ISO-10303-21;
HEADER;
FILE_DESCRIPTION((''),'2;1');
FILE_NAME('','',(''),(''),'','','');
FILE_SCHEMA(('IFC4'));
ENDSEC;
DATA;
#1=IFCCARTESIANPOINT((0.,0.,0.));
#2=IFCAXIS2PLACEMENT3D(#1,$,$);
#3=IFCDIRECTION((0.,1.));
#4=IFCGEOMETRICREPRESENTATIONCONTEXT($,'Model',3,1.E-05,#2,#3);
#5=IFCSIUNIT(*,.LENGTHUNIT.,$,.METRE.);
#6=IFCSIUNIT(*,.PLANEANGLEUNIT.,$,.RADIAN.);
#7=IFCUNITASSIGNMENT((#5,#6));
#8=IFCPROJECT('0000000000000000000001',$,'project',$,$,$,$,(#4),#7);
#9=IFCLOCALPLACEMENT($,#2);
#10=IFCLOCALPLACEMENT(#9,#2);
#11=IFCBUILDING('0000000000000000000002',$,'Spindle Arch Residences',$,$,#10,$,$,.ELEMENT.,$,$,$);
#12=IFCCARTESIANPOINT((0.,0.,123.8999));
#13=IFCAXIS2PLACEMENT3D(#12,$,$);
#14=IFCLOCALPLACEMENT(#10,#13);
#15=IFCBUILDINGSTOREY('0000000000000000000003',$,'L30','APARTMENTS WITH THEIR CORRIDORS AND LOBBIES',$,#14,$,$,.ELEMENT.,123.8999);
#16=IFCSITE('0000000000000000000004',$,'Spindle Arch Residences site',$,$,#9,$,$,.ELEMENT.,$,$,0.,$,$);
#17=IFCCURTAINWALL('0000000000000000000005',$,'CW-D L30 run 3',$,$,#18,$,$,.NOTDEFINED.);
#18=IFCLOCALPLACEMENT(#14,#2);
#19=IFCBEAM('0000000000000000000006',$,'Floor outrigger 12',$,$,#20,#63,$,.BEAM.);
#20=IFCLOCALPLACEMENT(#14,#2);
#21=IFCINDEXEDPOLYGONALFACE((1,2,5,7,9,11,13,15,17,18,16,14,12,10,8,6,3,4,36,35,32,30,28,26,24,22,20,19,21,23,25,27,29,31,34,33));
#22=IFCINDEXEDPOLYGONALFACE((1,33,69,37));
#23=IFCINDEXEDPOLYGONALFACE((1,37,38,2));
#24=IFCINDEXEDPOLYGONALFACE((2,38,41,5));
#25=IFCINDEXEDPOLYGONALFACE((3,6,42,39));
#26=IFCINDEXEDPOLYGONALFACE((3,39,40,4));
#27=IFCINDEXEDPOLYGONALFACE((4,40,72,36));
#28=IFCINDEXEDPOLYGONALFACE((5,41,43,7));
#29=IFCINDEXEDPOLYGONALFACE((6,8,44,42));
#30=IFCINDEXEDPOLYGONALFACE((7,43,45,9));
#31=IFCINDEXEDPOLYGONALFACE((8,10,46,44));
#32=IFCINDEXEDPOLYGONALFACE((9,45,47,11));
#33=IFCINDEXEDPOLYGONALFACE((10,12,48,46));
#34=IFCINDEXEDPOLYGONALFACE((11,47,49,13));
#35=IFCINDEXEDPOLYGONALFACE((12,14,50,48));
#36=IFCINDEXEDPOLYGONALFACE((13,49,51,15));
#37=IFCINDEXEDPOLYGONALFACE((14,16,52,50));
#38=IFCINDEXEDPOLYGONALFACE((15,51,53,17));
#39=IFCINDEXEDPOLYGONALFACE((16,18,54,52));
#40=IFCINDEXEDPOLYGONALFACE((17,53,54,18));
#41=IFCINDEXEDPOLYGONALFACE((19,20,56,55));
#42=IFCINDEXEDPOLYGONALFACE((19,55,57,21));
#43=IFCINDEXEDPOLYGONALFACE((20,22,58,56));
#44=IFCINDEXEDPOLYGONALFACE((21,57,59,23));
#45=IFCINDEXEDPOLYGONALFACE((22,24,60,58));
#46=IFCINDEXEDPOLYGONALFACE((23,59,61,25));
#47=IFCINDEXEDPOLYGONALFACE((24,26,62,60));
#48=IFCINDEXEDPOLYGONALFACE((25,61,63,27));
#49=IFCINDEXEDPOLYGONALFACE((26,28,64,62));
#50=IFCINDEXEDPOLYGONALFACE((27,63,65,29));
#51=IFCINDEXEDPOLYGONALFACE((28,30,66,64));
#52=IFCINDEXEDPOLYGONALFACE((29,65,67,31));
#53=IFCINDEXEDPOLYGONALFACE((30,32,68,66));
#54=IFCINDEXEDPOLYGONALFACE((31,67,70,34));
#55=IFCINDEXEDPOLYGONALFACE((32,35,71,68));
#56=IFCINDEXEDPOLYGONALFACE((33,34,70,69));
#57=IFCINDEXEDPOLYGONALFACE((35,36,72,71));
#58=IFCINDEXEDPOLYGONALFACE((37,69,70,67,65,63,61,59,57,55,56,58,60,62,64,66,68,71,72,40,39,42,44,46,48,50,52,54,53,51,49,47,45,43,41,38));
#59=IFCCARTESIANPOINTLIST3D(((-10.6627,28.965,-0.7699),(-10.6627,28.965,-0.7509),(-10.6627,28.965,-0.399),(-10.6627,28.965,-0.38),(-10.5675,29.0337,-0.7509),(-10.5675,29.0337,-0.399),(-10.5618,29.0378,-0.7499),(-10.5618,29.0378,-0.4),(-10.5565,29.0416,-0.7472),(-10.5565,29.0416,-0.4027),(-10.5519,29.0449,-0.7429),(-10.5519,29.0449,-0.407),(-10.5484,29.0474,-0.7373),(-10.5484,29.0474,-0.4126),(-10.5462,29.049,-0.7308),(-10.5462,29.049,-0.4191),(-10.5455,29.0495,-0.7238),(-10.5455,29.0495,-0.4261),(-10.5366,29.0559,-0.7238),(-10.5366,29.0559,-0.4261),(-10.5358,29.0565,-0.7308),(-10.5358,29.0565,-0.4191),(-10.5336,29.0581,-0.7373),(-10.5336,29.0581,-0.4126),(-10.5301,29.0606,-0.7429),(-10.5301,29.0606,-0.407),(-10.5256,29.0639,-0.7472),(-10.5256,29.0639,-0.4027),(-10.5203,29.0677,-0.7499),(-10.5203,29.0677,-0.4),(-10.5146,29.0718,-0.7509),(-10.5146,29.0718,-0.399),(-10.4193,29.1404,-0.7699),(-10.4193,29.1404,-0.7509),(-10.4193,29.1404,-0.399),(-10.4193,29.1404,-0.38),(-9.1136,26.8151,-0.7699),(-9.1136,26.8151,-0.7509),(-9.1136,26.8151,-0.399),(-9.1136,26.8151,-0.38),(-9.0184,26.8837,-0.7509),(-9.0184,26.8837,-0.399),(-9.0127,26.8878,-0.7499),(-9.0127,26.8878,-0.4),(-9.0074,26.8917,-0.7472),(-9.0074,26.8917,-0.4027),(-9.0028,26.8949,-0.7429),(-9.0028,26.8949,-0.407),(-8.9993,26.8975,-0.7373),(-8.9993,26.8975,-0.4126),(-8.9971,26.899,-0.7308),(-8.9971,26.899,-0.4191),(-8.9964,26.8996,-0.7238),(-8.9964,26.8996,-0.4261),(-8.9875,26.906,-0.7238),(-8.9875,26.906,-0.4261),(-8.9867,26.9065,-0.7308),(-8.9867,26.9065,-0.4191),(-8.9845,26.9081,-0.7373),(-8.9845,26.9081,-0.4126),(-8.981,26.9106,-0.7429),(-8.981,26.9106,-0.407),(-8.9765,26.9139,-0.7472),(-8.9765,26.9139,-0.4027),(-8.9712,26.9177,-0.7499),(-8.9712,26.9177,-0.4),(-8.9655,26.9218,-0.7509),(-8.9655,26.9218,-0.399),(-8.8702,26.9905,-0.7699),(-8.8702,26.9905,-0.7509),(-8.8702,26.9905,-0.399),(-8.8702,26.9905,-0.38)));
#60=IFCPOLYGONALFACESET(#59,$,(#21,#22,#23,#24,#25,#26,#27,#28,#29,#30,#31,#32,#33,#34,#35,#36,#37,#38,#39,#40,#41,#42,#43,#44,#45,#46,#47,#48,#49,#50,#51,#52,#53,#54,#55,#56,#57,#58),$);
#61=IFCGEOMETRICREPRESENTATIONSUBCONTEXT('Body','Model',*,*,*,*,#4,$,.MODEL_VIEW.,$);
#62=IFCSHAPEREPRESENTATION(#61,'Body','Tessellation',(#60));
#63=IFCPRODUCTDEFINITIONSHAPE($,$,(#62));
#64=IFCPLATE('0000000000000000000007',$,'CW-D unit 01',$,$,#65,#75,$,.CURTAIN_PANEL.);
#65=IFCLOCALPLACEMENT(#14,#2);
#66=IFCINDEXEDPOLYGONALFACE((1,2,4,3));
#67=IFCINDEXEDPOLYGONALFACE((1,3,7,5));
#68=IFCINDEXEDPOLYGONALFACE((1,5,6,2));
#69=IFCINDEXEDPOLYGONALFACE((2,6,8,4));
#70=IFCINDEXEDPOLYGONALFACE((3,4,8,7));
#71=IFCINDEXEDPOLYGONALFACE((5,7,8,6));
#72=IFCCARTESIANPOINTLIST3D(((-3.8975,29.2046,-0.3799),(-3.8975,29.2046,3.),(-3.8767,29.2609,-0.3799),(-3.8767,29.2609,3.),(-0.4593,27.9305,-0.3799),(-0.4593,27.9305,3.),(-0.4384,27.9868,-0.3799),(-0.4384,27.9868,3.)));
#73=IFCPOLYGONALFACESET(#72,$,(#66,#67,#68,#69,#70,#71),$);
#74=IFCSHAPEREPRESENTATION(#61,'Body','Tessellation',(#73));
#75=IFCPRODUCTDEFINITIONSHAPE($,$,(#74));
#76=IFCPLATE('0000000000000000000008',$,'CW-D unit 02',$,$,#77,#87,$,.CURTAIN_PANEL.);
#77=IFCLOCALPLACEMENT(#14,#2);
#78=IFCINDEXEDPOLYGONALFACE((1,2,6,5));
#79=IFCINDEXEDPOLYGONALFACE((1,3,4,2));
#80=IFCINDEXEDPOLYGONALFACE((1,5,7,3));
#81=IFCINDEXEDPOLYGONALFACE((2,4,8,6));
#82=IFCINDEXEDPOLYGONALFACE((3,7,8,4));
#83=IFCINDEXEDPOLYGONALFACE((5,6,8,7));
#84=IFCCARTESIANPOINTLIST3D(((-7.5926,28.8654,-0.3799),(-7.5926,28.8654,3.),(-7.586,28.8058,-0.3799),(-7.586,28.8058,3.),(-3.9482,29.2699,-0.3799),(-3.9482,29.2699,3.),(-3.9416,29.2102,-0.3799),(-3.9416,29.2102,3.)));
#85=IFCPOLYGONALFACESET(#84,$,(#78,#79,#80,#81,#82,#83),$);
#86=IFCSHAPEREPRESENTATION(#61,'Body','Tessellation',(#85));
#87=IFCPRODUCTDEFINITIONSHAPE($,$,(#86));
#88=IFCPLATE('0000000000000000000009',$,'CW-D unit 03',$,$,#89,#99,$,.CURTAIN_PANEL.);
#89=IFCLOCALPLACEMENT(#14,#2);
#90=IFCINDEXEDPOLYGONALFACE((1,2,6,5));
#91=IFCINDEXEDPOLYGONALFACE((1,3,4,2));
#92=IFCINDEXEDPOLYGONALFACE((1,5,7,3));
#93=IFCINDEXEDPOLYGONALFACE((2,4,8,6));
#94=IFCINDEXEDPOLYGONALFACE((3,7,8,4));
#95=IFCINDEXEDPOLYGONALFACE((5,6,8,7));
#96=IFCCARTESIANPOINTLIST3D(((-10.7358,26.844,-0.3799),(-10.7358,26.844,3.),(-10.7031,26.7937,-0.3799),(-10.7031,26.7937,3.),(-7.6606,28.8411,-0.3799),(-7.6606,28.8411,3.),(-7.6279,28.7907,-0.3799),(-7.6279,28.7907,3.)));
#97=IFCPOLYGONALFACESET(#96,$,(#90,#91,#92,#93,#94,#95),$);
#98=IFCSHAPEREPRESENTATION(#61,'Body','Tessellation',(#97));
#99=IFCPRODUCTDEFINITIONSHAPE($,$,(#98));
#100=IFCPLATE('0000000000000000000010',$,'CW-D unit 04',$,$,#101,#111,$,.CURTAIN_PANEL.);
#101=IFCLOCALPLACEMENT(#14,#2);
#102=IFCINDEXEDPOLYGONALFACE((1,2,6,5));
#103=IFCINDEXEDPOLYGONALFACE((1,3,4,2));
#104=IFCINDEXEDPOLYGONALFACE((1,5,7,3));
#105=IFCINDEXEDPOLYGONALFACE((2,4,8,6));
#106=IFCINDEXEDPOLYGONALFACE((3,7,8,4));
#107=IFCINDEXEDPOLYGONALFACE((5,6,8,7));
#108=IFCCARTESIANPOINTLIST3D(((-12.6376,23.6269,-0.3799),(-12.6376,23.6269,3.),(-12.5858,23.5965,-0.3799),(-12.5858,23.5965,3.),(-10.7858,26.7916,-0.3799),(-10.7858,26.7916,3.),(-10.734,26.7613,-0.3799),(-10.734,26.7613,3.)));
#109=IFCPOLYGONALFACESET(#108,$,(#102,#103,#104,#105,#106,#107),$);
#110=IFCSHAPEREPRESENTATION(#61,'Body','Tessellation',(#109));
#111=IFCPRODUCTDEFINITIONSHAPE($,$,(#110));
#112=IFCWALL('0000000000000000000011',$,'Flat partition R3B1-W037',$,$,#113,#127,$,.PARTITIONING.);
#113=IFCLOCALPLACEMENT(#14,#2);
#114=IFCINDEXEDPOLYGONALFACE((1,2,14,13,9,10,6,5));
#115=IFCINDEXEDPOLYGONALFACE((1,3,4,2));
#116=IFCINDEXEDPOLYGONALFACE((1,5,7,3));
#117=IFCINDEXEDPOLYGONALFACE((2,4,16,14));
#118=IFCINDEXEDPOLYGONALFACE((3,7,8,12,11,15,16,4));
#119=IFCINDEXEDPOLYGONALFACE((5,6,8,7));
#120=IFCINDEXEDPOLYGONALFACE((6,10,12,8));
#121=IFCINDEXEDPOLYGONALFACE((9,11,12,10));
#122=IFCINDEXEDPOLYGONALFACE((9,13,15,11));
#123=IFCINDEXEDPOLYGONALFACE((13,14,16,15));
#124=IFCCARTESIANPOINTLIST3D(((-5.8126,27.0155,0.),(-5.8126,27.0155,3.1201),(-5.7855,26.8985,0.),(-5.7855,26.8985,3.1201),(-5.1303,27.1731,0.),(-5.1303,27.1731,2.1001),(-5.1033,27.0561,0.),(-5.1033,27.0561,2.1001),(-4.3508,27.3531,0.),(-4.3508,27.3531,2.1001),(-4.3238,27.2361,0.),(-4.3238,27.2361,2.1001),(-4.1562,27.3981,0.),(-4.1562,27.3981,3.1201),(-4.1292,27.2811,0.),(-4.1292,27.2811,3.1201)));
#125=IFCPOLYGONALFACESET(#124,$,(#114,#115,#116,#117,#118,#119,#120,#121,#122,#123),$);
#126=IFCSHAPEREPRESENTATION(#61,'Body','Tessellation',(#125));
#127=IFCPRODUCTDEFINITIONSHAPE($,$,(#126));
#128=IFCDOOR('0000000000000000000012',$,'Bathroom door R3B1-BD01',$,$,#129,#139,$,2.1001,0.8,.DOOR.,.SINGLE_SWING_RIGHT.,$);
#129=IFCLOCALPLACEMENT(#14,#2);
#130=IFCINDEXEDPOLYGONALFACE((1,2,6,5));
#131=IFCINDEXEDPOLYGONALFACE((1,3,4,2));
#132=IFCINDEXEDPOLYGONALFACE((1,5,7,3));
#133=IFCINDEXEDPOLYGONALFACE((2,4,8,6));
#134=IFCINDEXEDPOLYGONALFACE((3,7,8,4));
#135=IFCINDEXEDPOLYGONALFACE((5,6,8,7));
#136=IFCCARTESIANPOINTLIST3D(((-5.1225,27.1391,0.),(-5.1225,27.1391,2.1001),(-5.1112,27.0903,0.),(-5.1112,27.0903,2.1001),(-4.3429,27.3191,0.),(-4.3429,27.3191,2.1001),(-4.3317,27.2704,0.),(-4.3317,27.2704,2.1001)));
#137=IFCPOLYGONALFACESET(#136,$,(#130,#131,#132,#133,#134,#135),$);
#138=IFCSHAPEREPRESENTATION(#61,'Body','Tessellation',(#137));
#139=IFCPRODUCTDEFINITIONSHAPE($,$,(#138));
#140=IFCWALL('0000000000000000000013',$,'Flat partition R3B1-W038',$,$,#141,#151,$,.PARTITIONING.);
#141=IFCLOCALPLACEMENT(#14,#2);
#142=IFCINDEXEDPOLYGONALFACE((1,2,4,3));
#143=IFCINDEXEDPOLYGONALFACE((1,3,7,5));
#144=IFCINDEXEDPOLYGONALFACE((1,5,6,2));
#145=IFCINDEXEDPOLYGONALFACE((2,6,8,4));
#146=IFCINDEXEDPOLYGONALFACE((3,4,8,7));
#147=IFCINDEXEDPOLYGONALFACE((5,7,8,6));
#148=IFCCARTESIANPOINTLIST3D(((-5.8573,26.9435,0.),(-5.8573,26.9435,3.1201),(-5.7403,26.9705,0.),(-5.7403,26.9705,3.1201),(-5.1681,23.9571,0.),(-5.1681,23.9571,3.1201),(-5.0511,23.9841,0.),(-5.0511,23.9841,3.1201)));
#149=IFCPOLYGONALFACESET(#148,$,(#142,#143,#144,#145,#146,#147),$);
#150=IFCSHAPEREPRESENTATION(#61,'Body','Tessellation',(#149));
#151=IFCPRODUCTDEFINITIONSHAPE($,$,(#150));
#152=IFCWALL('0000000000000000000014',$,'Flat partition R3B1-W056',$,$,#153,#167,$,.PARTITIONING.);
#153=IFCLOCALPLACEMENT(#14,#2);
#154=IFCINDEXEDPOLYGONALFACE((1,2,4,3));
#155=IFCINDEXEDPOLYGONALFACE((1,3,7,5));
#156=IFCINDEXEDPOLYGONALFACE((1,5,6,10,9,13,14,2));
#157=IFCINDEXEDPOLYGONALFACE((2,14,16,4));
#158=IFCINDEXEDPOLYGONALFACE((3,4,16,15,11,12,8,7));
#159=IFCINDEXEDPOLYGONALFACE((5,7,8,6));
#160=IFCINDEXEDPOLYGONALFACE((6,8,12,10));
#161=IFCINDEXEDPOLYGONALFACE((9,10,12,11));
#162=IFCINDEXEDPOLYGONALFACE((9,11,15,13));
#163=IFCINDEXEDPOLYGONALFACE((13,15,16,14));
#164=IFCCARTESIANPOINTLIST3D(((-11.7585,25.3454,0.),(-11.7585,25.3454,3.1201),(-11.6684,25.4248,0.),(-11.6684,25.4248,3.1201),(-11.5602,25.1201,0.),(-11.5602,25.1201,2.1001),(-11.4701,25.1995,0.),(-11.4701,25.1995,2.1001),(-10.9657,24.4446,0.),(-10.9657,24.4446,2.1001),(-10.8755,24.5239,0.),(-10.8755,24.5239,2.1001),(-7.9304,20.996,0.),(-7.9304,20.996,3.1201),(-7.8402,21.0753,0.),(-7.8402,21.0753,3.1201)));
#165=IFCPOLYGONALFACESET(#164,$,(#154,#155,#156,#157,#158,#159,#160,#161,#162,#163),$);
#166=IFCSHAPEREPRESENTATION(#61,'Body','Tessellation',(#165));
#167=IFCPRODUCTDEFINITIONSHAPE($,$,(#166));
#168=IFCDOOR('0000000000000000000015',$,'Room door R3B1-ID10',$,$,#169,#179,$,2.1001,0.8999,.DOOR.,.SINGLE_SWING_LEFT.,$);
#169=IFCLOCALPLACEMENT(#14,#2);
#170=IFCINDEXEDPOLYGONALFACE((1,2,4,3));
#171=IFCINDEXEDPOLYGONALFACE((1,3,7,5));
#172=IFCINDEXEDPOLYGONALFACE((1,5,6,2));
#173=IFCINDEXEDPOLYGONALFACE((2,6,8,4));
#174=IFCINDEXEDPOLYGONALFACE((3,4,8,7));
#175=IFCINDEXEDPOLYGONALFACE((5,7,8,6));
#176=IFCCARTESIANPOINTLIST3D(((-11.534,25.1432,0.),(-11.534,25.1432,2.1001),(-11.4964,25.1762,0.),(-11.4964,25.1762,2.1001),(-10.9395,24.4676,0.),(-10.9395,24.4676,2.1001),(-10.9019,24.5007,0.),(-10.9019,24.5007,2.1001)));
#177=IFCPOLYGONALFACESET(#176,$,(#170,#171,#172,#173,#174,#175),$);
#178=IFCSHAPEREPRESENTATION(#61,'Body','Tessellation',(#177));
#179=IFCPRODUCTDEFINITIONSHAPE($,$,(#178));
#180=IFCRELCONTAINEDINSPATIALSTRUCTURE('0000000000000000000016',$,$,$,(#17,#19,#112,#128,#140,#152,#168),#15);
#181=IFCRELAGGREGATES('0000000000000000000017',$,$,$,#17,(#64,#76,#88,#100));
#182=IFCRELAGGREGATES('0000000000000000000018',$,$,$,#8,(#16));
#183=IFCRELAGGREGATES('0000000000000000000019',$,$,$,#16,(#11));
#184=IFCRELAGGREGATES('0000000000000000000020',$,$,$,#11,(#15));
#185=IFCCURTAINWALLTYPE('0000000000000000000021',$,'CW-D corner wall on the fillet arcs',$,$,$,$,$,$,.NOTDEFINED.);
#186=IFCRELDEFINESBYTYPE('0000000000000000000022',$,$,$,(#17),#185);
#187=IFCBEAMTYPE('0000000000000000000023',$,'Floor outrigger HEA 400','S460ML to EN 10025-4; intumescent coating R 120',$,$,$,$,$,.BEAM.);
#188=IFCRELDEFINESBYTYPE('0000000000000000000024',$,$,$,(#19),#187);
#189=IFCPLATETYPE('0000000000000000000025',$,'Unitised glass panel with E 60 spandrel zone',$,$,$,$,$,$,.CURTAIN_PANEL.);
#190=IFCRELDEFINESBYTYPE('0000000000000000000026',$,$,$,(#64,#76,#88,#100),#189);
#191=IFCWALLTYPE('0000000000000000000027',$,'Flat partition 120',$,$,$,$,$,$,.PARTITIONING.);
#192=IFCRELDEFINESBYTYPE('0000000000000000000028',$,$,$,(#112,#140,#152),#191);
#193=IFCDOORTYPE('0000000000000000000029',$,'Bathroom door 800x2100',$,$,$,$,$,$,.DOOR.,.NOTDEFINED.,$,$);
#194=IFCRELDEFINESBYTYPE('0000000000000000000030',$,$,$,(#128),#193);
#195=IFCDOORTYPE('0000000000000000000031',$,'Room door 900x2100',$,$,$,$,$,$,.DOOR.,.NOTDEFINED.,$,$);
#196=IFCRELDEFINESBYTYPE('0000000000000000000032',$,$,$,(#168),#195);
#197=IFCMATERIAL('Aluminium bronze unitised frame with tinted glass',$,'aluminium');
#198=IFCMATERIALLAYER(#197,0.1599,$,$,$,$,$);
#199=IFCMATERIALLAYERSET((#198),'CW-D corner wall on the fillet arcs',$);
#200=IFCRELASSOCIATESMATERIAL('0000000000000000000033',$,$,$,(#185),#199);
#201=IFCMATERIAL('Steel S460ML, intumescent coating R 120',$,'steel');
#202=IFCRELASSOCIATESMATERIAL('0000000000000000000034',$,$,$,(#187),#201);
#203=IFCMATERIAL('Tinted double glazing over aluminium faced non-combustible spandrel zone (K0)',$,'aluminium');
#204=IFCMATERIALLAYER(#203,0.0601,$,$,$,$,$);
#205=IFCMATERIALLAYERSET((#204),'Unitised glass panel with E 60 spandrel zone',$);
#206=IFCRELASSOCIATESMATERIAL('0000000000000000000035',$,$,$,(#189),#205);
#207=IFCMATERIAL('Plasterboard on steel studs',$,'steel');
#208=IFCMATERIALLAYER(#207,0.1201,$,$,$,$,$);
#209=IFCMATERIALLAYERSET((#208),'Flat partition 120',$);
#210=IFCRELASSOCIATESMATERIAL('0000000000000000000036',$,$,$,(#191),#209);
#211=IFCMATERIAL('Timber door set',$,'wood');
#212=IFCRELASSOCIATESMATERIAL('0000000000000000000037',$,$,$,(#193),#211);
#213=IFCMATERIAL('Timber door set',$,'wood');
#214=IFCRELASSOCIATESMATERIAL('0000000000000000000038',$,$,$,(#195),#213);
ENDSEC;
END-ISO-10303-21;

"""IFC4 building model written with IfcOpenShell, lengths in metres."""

from ifc_helpers import new_model, si_unit, direction, frame, frame_2d, origin, origin_2d, place, context, subcontext, project, spatial, rectangle, i_section, extrude, material, layer, layer_set, material_profile, profile_set, type_object, element, fill, aggregate, save


model = new_model("IFC4")

# Units and contexts
model_context = context("Model", 3, precision=1e-05, world=origin(), true_north=direction((0.0, 1.0)))
body_context = subcontext(model_context, "Body", "Model", "MODEL_VIEW")
ifc_project = project(units=[si_unit("LENGTHUNIT", "METRE"), si_unit("PLANEANGLEUNIT", "RADIAN")], contexts=[model_context])

# Site, building, storey
site_placement = place(None, origin())
site = spatial("IfcSite", under=ifc_project, at=site_placement, Name="Spindle Arch Residences site", CompositionType="ELEMENT", RefElevation=0.0)
building_placement = place(site_placement, origin())
building = spatial("IfcBuilding", under=site, at=building_placement, Name="Spindle Arch Residences", CompositionType="ELEMENT")
storey_placement = place(building_placement, frame((0.0, 0.0, 123.8999)))
storey = spatial("IfcBuildingStorey", under=building, at=storey_placement, Name="L30", Description="APARTMENTS WITH THEIR CORRIDORS AND LOBBIES", CompositionType="ELEMENT", Elevation=123.8999)

# Curtain wall
ifc_material_1 = material(Name="Aluminium bronze unitised frame with tinted glass", Category="aluminium")
ifc_layer_1 = layer(ifc_material_1, 0.1599)
ifc_layer_set_1 = layer_set([ifc_layer_1], Name="CW-D corner wall on the fillet arcs")
curtain_wall_type = type_object("IfcCurtainWallType", Name="CW-D corner wall on the fillet arcs", PredefinedType="NOTDEFINED", material=ifc_layer_set_1)
curtain_wall_placement = place(storey_placement, origin())
curtain_wall = element("IfcCurtainWall", 1, at=curtain_wall_placement, inside=storey, type_object=curtain_wall_type, Name="CW-D L30 run 3", PredefinedType="NOTDEFINED")

# Beam
ifc_material_2 = material(Name="Steel S460ML, intumescent coating R 120", Category="steel")
ifc_material_profile_1 = material_profile(ifc_material_2, i_section(OverallWidth=0.3, OverallDepth=0.3899, WebThickness=0.011, FlangeThickness=0.019, FilletRadius=0.0271, at=origin_2d()), Name="HEA 400")
ifc_profile_set_1 = profile_set([ifc_material_profile_1], Name="Steel S460ML, intumescent coating R 120")
beam_type_1 = type_object("IfcBeamType", Name="Floor outrigger HEA 400", Description="S460ML to EN 10025-4; intumescent coating R 120", PredefinedType="BEAM", material=ifc_profile_set_1)
for number, where, z_axis, x_axis, name in (
    (2, (-10.541, 29.0527, -0.575), (0.584589, -0.81133, 0.0), (0.81133, 0.584589, 0.0), "Floor outrigger 12"),
):
    element("IfcBeam", number, at=place(storey_placement, frame(where, z_axis=z_axis, x_axis=x_axis)), inside=storey, type_object=beam_type_1, Name=name, PredefinedType="BEAM", context=body_context, shape_type="SweptSolid", body=[
        extrude(i_section(OverallWidth=0.3, OverallDepth=0.3899, WebThickness=0.011, FlangeThickness=0.019, FilletRadius=0.0271, at=origin_2d()), origin(), (0.0, 0.0, 1.0), 2.6499),
    ])

# Plates
ifc_material_3 = material(Name="Tinted double glazing over aluminium faced non-combustible spandrel zone (K0)", Category="aluminium")
ifc_layer_2 = layer(ifc_material_3, 0.0601)
ifc_layer_set_2 = layer_set([ifc_layer_2], Name="Unitised glass panel with E 60 spandrel zone")
plate_type = type_object("IfcPlateType", Name="Unitised glass panel with E 60 spandrel zone", PredefinedType="CURTAIN_PANEL", material=ifc_layer_set_2)
plate_1_placement = place(storey_placement, frame((-2.168, 28.5957, -0.3799), z_axis=(0.0, 0.0, 1.0), x_axis=(-0.937687, 0.347481, 0.0)))
plate_1 = element("IfcPlate", 3, at=plate_1_placement, type_object=plate_type, Name="CW-D unit 01", PredefinedType="CURTAIN_PANEL", context=body_context, shape_type="SweptSolid", body=[
    extrude(rectangle(XDim=3.6667, YDim=0.0601, at=origin_2d()), origin(), (0.0, 0.0, 1.0), 3.3799),
])
plate_2_placement = place(storey_placement, frame((-5.7671, 29.0378, -0.3799), z_axis=(0.0, 0.0, 1.0), x_axis=(-0.993897, -0.110313, 0.0)))
plate_2 = element("IfcPlate", 4, at=plate_2_placement, type_object=plate_type, Name="CW-D unit 02", PredefinedType="CURTAIN_PANEL", context=body_context, shape_type="SweptSolid", body=[
    extrude(rectangle(XDim=3.6667, YDim=0.0601, at=origin_2d()), origin(), (0.0, 0.0, 1.0), 3.3799),
])
plate_3_placement = place(storey_placement, frame((-9.1819, 27.8174, -0.3799), z_axis=(0.0, 0.0, 1.0), x_axis=(-0.838671, -0.544639, 0.0)))
plate_3 = element("IfcPlate", 5, at=plate_3_placement, type_object=plate_type, Name="CW-D unit 03", PredefinedType="CURTAIN_PANEL", context=body_context, shape_type="SweptSolid", body=[
    extrude(rectangle(XDim=3.6667, YDim=0.0601, at=origin_2d()), origin(), (0.0, 0.0, 1.0), 3.3799),
])
plate_4_placement = place(storey_placement, frame((-11.6858, 25.1941, -0.3799), z_axis=(0.0, 0.0, 1.0), x_axis=(-0.50503, -0.863102, 0.0)))
plate_4 = element("IfcPlate", 6, at=plate_4_placement, type_object=plate_type, Name="CW-D unit 04", PredefinedType="CURTAIN_PANEL", context=body_context, shape_type="SweptSolid", body=[
    extrude(rectangle(XDim=3.6667, YDim=0.0601, at=origin_2d()), origin(), (0.0, 0.0, 1.0), 3.3799),
])
aggregate(curtain_wall, [plate_1, plate_2, plate_3, plate_4])

# Wall, opening, door
ifc_material_4 = material(Name="Plasterboard on steel studs", Category="steel")
ifc_layer_3 = layer(ifc_material_4, 0.1201)
ifc_layer_set_3 = layer_set([ifc_layer_3], Name="Flat partition 120")
wall_type_1 = type_object("IfcWallType", Name="Flat partition 120", PredefinedType="PARTITIONING", material=ifc_layer_set_3)
wall_1_placement = place(storey_placement, frame((-4.1426, 27.3396, 0.0), z_axis=(0.0, 0.0, 1.0), x_axis=(-0.974345, -0.225059, 0.0)))
wall_1 = element("IfcWall", 7, at=wall_1_placement, inside=storey, type_object=wall_type_1, Name="Flat partition R3B1-W037", PredefinedType="PARTITIONING", context=body_context, shape_type="SweptSolid", body=[
    extrude(rectangle(XDim=1.7, YDim=0.1201, at=frame_2d((0.8501, 0.0))), origin(), (0.0, 0.0, 1.0), 3.1201),
])
opening_1_placement = place(wall_1_placement, frame((0.2, 0.0, 0.0)))
opening_1 = element("IfcOpeningElement", 8, at=opening_1_placement, cuts=wall_1, PredefinedType="OPENING", context=body_context, shape_type="SweptSolid", body=[
    extrude(rectangle(XDim=0.8, YDim=2.1001, at=frame_2d((0.3999, 1.05))), frame((0.0, 0.0701, 0.0), z_axis=(0.0, -1.0, 0.0), x_axis=(1.0, 0.0, 0.0)), (0.0, 0.0, 1.0), 0.1401),
])
ifc_material_5 = material(Name="Timber door set", Category="wood")
door_type_1 = type_object("IfcDoorType", Name="Bathroom door 800x2100", OperationType="NOTDEFINED", PredefinedType="DOOR", material=ifc_material_5)
door_1_placement = place(opening_1_placement, origin())
door_1 = element("IfcDoor", 9, at=door_1_placement, inside=storey, type_object=door_type_1, Name="Bathroom door R3B1-BD01", OperationType="SINGLE_SWING_RIGHT", OverallHeight=2.1001, OverallWidth=0.8, PredefinedType="DOOR", context=body_context, shape_type="SweptSolid", body=[
    extrude(rectangle(XDim=0.8, YDim=2.1001, at=frame_2d((0.3999, 1.05))), frame((0.0, 0.0249, 0.0), z_axis=(0.0, -1.0, 0.0), x_axis=(1.0, 0.0, 0.0)), (0.0, 0.0, 1.0), 0.05),
])
fill(opening_1, door_1)

# Wall
wall_2_placement = place(storey_placement, frame((-5.7988, 26.957, 0.0), z_axis=(0.0, 0.0, 1.0), x_axis=(0.224877, -0.974387, 0.0)))
element("IfcWall", 10, at=wall_2_placement, inside=storey, type_object=wall_type_1, Name="Flat partition R3B1-W038", PredefinedType="PARTITIONING", context=body_context, shape_type="SweptSolid", body=[
    extrude(rectangle(XDim=3.0649, YDim=0.1201, at=frame_2d((1.5325, 0.0))), origin(), (0.0, 0.0, 1.0), 3.1201),
])

# Wall, opening, door
wall_3_placement = place(storey_placement, frame((-11.7134, 25.385, 0.0), z_axis=(0.0, 0.0, 1.0), x_axis=(0.660694, -0.750655, 0.0)))
wall_3 = element("IfcWall", 11, at=wall_3_placement, inside=storey, type_object=wall_type_1, Name="Flat partition R3B1-W056", PredefinedType="PARTITIONING", context=body_context, shape_type="SweptSolid", body=[
    extrude(rectangle(XDim=5.7942, YDim=0.1201, at=frame_2d((2.897, 0.0))), origin(), (0.0, 0.0, 1.0), 3.1201),
])
opening_2_placement = place(wall_3_placement, frame((0.3, 0.0, 0.0)))
opening_2 = element("IfcOpeningElement", 12, at=opening_2_placement, cuts=wall_3, PredefinedType="OPENING", context=body_context, shape_type="SweptSolid", body=[
    extrude(rectangle(XDim=0.8999, YDim=2.1001, at=frame_2d((0.45, 1.05))), frame((0.0, 0.0701, 0.0), z_axis=(0.0, -1.0, 0.0), x_axis=(1.0, 0.0, 0.0)), (0.0, 0.0, 1.0), 0.1401),
])
ifc_material_6 = material(Name="Timber door set", Category="wood")
door_type_2 = type_object("IfcDoorType", Name="Room door 900x2100", OperationType="NOTDEFINED", PredefinedType="DOOR", material=ifc_material_6)
door_2_placement = place(opening_2_placement, origin())
door_2 = element("IfcDoor", 13, at=door_2_placement, inside=storey, type_object=door_type_2, Name="Room door R3B1-ID10", OperationType="SINGLE_SWING_LEFT", OverallHeight=2.1001, OverallWidth=0.8999, PredefinedType="DOOR", context=body_context, shape_type="SweptSolid", body=[
    extrude(rectangle(XDim=0.8999, YDim=2.1001, at=frame_2d((0.45, 1.05))), frame((0.0, 0.0249, 0.0), z_axis=(0.0, -1.0, 0.0), x_axis=(1.0, 0.0, 0.0)), (0.0, 0.0, 1.0), 0.05),
])
fill(opening_2, door_2)

save(model, "model.ifc")
